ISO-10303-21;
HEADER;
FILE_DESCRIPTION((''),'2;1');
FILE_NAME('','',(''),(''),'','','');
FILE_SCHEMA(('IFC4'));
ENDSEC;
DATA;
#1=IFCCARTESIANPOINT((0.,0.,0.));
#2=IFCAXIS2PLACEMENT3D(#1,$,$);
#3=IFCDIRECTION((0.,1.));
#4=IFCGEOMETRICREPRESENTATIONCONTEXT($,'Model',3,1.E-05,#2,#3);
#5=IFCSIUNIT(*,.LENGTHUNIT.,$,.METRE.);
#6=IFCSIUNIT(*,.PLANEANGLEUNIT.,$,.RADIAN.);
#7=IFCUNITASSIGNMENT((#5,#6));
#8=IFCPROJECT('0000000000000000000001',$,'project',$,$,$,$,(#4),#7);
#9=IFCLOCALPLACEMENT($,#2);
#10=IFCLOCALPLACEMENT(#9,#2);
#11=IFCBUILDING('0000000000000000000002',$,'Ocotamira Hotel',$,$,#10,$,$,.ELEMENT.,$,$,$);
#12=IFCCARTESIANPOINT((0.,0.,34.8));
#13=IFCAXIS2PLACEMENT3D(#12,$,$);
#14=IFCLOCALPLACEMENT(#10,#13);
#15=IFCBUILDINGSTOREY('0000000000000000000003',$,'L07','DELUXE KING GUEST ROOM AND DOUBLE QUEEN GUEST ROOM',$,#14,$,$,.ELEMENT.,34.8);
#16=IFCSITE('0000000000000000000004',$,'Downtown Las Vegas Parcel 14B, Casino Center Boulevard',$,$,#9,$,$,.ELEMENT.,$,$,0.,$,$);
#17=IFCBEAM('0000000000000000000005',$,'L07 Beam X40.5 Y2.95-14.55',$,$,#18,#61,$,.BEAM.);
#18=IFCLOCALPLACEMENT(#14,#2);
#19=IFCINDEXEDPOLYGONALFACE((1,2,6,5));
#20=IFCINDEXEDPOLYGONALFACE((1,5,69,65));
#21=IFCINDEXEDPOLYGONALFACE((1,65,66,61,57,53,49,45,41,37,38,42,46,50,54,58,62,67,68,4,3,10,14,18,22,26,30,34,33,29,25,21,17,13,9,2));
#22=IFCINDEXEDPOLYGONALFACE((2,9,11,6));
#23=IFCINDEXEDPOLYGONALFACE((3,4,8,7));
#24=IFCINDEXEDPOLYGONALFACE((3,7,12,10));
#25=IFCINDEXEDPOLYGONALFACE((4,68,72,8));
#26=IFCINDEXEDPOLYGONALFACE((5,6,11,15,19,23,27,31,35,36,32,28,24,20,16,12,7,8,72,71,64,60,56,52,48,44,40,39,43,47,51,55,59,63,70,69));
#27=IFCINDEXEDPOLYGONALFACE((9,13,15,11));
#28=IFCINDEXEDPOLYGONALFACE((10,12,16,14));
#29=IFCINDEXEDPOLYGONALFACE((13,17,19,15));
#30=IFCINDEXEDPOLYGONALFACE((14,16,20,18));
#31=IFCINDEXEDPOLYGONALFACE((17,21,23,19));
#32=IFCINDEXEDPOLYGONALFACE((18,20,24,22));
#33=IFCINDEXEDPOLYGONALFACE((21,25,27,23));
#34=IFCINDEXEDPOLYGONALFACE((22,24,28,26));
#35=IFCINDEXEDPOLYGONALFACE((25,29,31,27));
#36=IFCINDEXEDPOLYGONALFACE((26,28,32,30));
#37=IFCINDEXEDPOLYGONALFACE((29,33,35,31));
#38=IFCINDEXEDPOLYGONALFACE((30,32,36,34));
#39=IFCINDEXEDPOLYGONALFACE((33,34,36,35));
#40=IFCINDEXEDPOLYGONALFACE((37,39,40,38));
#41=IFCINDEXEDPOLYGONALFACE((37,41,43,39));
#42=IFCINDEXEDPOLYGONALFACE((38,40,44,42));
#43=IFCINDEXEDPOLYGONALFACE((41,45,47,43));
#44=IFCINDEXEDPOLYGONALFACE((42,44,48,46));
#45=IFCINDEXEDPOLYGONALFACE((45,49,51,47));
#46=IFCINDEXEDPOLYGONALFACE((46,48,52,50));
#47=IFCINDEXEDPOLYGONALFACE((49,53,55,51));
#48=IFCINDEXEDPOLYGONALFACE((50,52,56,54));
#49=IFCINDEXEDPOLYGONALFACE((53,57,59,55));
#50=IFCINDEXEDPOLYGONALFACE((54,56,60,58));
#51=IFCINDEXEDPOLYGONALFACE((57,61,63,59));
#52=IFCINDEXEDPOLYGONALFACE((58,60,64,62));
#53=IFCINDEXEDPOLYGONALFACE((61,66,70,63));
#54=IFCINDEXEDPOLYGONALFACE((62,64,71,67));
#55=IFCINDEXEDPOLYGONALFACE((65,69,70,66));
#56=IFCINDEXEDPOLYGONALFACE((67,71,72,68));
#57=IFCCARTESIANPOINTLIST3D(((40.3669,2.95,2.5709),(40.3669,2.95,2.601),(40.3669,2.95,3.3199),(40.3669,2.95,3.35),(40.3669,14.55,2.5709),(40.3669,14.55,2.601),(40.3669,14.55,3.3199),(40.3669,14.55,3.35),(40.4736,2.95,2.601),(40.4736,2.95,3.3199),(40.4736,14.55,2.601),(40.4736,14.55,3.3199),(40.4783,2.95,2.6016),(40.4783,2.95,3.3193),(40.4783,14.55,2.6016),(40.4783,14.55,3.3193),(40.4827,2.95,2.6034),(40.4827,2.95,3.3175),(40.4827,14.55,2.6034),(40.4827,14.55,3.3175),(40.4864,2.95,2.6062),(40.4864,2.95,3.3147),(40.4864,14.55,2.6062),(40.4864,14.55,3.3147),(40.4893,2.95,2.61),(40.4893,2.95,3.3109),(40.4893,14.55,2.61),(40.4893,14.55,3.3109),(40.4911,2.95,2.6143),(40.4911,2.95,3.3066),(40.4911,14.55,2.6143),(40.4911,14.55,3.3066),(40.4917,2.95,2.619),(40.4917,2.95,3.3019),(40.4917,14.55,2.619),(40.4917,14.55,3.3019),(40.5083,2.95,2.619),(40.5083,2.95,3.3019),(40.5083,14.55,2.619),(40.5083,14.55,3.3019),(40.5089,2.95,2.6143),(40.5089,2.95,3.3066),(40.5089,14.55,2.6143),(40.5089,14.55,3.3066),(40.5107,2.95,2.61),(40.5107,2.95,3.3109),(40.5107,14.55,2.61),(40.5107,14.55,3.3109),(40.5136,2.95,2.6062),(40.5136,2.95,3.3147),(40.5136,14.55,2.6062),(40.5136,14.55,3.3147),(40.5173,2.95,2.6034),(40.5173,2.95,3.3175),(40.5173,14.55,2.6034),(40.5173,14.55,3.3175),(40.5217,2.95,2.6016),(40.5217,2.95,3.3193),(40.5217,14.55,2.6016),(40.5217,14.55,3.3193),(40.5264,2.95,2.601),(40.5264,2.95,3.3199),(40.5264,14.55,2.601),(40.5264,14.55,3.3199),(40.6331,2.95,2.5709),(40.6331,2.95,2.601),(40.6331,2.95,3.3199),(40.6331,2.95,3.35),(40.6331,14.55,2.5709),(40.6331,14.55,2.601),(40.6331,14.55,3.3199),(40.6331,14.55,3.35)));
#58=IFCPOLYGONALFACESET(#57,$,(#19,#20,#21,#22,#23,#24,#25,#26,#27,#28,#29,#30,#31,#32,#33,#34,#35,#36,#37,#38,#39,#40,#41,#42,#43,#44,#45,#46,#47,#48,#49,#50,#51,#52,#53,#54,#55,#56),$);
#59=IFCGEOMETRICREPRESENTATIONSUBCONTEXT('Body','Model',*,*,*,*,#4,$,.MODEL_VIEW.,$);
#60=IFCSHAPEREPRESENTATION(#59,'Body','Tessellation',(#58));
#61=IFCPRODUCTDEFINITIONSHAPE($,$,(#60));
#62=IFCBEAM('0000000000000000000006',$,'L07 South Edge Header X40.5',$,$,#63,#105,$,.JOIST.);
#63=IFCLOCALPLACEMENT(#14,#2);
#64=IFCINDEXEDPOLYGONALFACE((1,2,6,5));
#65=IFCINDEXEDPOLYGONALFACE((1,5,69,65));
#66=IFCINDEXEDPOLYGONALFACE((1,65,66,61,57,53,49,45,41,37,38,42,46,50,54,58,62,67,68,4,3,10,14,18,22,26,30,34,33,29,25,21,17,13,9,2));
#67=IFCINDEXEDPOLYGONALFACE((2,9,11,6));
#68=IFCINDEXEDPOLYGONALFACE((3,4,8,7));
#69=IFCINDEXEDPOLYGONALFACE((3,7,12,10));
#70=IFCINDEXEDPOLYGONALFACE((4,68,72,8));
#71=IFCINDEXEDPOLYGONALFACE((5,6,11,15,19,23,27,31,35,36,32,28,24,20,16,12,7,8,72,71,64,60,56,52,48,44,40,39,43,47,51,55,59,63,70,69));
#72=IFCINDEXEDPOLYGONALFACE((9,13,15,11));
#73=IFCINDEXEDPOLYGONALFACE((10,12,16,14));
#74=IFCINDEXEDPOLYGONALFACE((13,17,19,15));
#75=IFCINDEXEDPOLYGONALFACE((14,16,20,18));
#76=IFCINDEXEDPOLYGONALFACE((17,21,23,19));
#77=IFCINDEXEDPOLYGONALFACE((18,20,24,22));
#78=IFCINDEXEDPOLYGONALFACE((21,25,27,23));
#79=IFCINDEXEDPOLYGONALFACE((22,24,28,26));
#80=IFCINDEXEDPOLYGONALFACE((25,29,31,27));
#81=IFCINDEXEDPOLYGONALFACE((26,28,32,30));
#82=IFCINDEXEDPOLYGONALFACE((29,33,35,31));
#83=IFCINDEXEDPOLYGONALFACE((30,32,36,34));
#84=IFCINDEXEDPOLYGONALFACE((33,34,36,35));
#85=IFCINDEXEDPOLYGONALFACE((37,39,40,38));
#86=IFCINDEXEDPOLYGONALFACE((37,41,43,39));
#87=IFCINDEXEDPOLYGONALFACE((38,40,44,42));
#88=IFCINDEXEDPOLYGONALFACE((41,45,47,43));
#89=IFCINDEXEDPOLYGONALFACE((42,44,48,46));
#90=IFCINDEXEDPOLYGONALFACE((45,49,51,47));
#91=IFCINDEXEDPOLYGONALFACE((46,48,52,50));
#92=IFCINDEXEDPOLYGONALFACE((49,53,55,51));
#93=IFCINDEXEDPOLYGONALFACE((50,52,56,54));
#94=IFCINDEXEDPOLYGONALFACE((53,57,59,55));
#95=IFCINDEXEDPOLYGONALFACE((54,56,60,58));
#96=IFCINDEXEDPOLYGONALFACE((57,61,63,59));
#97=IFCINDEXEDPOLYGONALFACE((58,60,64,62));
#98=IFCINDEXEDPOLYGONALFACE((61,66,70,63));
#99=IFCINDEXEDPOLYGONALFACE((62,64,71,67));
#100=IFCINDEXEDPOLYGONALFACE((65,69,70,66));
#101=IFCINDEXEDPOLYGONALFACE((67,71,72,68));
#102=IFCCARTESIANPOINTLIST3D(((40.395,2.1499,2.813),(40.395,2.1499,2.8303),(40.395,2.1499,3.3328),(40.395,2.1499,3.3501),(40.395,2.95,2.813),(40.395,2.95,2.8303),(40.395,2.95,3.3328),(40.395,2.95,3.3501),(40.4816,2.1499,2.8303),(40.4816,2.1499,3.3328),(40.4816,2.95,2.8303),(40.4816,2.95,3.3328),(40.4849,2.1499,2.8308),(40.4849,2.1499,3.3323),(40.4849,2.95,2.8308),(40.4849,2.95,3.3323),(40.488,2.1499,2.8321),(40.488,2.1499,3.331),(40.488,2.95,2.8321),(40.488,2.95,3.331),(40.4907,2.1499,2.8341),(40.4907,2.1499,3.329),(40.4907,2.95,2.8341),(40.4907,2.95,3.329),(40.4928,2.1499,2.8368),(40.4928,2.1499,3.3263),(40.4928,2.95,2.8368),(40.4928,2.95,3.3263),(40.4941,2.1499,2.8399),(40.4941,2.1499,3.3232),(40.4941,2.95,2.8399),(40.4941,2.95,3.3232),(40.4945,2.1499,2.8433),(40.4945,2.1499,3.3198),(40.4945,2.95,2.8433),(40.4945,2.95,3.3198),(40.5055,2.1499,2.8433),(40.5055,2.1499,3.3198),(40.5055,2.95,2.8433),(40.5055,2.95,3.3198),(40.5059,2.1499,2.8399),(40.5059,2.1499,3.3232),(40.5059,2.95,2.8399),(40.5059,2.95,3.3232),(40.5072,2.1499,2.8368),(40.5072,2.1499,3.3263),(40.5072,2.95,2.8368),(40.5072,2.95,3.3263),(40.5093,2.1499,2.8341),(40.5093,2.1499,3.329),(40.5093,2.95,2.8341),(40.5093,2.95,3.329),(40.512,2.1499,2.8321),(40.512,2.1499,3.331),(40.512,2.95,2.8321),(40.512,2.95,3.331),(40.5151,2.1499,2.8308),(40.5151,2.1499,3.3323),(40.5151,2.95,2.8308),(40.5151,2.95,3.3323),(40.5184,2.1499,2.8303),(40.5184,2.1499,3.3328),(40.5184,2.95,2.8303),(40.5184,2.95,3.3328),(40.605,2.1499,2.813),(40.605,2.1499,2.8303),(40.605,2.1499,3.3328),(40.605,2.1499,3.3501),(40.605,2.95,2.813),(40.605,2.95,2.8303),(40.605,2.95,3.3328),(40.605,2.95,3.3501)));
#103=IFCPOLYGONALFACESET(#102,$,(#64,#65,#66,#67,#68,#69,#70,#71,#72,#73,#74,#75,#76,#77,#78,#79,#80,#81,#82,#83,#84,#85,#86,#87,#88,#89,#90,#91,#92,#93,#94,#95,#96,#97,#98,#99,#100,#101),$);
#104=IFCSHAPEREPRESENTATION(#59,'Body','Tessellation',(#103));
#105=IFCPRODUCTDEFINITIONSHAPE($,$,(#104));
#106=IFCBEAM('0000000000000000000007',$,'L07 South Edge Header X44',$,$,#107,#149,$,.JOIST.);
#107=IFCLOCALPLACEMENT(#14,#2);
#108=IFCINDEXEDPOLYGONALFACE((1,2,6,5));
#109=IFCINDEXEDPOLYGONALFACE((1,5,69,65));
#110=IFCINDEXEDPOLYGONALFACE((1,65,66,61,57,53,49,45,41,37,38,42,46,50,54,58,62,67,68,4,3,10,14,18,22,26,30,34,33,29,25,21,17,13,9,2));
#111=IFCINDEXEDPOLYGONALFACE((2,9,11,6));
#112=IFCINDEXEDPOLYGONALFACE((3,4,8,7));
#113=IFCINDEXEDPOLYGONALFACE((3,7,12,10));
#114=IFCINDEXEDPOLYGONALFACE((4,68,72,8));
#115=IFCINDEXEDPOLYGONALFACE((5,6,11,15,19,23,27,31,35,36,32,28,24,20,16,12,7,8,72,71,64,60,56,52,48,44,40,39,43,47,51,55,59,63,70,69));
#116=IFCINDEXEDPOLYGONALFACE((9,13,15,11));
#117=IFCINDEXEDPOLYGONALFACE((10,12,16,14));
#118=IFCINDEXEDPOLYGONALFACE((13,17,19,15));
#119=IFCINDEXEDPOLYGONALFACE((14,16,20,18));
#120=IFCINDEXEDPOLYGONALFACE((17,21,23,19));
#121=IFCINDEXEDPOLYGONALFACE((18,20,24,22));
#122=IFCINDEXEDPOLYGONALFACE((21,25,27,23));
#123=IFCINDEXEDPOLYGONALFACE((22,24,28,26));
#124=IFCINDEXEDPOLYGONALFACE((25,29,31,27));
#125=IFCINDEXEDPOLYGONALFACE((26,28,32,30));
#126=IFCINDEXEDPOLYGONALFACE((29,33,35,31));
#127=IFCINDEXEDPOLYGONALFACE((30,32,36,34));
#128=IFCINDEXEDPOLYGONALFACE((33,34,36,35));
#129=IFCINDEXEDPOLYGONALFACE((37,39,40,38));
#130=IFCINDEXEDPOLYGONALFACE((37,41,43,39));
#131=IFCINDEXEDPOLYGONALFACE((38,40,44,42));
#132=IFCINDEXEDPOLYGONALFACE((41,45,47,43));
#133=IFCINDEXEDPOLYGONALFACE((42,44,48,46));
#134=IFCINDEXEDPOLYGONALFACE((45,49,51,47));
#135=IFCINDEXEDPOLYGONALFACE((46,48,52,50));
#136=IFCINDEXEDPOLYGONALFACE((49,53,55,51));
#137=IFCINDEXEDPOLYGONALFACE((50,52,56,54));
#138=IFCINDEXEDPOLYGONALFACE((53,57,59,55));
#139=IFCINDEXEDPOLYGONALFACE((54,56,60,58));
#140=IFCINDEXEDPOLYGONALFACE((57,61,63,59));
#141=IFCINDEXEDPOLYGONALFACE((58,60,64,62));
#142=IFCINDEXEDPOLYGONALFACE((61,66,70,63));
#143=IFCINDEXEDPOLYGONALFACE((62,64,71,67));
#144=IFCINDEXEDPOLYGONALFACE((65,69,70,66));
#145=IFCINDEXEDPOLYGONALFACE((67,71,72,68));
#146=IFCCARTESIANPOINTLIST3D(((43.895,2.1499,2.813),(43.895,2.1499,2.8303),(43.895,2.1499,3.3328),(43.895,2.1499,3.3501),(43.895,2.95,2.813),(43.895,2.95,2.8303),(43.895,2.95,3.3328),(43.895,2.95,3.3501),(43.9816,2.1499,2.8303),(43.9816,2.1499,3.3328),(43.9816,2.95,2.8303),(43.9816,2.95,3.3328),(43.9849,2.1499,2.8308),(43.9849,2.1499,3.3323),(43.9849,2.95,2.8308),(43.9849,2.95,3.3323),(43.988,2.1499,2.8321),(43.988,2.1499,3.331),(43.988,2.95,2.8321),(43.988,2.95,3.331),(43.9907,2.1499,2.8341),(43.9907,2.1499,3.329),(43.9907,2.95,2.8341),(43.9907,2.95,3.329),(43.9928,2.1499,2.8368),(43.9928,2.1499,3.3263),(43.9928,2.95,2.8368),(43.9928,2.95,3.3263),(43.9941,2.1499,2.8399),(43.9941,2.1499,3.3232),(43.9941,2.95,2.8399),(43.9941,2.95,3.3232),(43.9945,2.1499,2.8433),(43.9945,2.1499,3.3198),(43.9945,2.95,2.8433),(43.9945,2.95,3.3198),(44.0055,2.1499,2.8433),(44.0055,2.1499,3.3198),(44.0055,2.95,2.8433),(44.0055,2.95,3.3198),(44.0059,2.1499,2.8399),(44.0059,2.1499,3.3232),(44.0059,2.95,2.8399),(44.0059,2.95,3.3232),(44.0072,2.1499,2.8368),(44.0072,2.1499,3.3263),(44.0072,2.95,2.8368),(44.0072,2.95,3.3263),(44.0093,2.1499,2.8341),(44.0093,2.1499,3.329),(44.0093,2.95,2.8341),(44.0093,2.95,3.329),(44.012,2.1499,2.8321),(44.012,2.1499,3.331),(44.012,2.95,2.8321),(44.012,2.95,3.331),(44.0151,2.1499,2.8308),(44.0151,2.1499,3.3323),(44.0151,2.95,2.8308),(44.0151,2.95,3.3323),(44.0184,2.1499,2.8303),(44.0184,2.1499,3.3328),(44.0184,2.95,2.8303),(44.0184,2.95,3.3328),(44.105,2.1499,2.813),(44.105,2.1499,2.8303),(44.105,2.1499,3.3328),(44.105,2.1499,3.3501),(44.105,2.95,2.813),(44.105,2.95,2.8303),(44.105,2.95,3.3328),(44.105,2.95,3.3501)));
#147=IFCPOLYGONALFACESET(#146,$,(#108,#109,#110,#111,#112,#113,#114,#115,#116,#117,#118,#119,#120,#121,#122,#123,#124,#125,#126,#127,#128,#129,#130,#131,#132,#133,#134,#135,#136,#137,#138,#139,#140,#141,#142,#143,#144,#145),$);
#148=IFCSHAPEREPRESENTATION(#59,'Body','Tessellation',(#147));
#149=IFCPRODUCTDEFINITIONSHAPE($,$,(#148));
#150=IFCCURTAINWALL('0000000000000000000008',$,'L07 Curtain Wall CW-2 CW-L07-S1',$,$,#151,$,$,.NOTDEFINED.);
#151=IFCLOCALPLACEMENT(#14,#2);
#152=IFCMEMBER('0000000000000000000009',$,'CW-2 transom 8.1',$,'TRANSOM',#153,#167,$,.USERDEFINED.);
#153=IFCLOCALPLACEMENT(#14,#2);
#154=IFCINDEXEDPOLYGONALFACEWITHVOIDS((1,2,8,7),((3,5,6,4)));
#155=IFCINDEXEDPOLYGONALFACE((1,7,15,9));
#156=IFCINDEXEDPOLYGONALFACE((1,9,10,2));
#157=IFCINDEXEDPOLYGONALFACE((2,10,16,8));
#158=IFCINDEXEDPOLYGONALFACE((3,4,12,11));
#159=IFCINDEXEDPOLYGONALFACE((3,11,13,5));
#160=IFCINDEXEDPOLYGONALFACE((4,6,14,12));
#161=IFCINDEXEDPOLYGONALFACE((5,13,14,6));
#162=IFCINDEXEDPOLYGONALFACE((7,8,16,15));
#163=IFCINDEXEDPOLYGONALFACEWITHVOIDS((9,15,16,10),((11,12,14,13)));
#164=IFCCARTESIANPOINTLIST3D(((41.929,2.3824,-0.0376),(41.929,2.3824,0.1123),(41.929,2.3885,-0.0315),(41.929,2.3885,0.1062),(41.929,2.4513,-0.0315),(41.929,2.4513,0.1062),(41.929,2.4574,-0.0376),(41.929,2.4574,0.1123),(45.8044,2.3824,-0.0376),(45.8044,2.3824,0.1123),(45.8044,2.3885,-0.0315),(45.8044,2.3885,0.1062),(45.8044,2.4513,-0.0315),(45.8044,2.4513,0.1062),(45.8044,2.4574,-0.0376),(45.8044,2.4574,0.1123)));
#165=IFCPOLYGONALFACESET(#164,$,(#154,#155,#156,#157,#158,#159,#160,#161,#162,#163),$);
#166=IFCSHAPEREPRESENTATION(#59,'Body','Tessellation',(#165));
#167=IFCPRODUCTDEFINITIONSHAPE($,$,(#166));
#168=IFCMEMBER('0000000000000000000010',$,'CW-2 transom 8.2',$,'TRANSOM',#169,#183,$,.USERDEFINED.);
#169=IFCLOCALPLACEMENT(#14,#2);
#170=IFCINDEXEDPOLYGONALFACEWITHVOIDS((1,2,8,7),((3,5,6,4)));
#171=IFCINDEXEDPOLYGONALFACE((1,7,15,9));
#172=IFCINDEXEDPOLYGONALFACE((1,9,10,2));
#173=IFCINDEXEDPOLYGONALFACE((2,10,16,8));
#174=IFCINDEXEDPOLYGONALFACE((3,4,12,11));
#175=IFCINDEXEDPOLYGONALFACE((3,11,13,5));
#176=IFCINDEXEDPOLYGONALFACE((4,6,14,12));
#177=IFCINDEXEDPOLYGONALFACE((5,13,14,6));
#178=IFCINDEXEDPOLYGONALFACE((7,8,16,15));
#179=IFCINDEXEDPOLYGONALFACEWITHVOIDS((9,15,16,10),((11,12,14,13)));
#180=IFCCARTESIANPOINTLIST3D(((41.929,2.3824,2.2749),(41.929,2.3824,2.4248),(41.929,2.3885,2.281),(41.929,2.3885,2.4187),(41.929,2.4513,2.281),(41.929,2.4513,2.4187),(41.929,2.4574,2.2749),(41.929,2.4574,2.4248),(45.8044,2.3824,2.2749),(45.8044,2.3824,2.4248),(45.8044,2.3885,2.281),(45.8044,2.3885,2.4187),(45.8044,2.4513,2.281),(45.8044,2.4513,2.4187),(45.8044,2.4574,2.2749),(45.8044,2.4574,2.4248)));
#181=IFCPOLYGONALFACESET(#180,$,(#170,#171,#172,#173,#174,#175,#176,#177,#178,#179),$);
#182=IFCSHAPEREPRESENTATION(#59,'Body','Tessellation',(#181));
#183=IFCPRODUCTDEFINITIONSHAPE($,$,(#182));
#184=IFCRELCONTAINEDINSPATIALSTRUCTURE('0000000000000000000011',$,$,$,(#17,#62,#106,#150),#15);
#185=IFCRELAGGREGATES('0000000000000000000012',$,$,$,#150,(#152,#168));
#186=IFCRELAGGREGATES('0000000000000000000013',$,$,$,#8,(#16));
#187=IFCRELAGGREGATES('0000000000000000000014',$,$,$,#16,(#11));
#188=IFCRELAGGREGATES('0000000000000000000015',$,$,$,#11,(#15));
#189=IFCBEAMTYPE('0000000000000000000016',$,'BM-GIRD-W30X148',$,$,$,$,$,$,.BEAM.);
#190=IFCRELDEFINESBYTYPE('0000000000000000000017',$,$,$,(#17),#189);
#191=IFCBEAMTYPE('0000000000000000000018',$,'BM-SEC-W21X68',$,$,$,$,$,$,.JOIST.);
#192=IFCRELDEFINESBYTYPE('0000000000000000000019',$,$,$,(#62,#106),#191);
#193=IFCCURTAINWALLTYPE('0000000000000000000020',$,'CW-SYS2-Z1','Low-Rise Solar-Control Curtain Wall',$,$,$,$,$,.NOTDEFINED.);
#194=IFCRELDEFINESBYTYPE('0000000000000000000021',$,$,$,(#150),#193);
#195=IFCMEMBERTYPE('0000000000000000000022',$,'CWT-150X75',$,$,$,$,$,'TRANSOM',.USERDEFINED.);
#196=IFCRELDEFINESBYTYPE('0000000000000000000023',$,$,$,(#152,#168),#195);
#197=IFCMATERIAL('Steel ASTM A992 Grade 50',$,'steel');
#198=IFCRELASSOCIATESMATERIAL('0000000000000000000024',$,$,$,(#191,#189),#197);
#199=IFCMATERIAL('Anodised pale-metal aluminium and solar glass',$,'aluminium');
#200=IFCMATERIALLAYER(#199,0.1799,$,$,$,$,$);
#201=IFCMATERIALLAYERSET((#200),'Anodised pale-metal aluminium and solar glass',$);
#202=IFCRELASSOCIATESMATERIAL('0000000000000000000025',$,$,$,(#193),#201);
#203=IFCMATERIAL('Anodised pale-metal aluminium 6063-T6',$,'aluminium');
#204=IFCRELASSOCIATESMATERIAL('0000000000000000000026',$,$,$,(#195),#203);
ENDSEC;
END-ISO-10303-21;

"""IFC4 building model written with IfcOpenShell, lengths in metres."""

from ifc_helpers import new_model, si_unit, direction, frame, origin, origin_2d, place, context, subcontext, project, spatial, hollow_rectangle, i_section, extrude, source, transform, mapped, material, layer, layer_set, material_profile, profile_set, type_object, element, aggregate, save


model = new_model("IFC4")

# Units and contexts
model_context = context("Model", 3, precision=1e-05, world=origin(), true_north=direction((0.0, 1.0)))
body_context = subcontext(model_context, "Body", "Model", "MODEL_VIEW")
ifc_project = project(units=[si_unit("LENGTHUNIT", "METRE"), si_unit("PLANEANGLEUNIT", "RADIAN")], contexts=[model_context])

# Site, building, storey
site_placement = place(None, origin())
site = spatial("IfcSite", under=ifc_project, at=site_placement, Name="Downtown Las Vegas Parcel 14B, Casino Center Boulevard", CompositionType="ELEMENT", RefElevation=0.0)
building_placement = place(site_placement, origin())
building = spatial("IfcBuilding", under=site, at=building_placement, Name="Ocotamira Hotel", CompositionType="ELEMENT")
storey_placement = place(building_placement, frame((0.0, 0.0, 34.8)))
storey = spatial("IfcBuildingStorey", under=building, at=storey_placement, Name="L07", Description="DELUXE KING GUEST ROOM AND DOUBLE QUEEN GUEST ROOM", CompositionType="ELEMENT", Elevation=34.8)

# Beams
ifc_material_1 = material(Name="Steel ASTM A992 Grade 50", Category="steel")
ifc_material_profile_1 = material_profile(ifc_material_1, i_section(OverallWidth=0.21, OverallDepth=0.5371, WebThickness=0.011, FlangeThickness=0.0173, FilletRadius=0.0129, at=origin_2d()), Name="W21X68")
ifc_profile_set_1 = profile_set([ifc_material_profile_1], Name="Steel ASTM A992 Grade 50")
beam_type_1 = type_object("IfcBeamType", Name="BM-SEC-W21X68", PredefinedType="JOIST", material=ifc_profile_set_1)
ifc_material_profile_2 = material_profile(ifc_material_1, i_section(OverallWidth=0.2661, OverallDepth=0.7791, WebThickness=0.0166, FlangeThickness=0.03, FilletRadius=0.0181, at=origin_2d()), Name="W30X148")
ifc_profile_set_2 = profile_set([ifc_material_profile_2], Name="Steel ASTM A992 Grade 50")
beam_type_2 = type_object("IfcBeamType", Name="BM-GIRD-W30X148", PredefinedType="BEAM", material=ifc_profile_set_2)
shared_shape_1 = source(origin(), body_context, "Body", "SweptSolid", [
    extrude(i_section(OverallWidth=0.2661, OverallDepth=0.7791, WebThickness=0.0166, FlangeThickness=0.03, FilletRadius=0.0181, at=origin_2d()), origin(), (0.0, 0.0, 1.0), 11.6001),
])
beam_1_placement = place(storey_placement, frame((40.5, 2.95, 2.9604), z_axis=(0.0, 1.0, 0.0), x_axis=(-1.0, 0.0, 0.0)))
element("IfcBeam", 1, at=beam_1_placement, inside=storey, type_object=beam_type_2, Name="L07 Beam X40.5 Y2.95-14.55", PredefinedType="BEAM", context=body_context, shape_type="MappedRepresentation", body=[
    mapped(shared_shape_1, transform((0.0, 0.0, 0.0), scale=1.0)),
])
shared_shape_2 = source(origin(), body_context, "Body", "SweptSolid", [
    extrude(i_section(OverallWidth=0.21, OverallDepth=0.5371, WebThickness=0.011, FlangeThickness=0.0173, FilletRadius=0.0129, at=origin_2d()), origin(), (0.0, 0.0, 1.0), 0.8),
])
for number, where, z_axis, x_axis, name in (
    (2, (40.5, 2.95, 3.0815), (0.0, -1.0, 0.0), (1.0, 0.0, 0.0), "L07 South Edge Header X40.5"),
    (3, (44.0, 2.95, 3.0815), (0.0, -1.0, 0.0), (1.0, 0.0, 0.0), "L07 South Edge Header X44"),
):
    element("IfcBeam", number, at=place(storey_placement, frame(where, z_axis=z_axis, x_axis=x_axis)), inside=storey, type_object=beam_type_1, Name=name, PredefinedType="JOIST", context=body_context, shape_type="MappedRepresentation", body=[
        mapped(shared_shape_2, transform((0.0, 0.0, 0.0), scale=1.0)),
    ])

# Curtain wall, members
ifc_material_2 = material(Name="Anodised pale-metal aluminium and solar glass", Category="aluminium")
ifc_layer_1 = layer(ifc_material_2, 0.1799)
ifc_layer_set_1 = layer_set([ifc_layer_1], Name="Anodised pale-metal aluminium and solar glass")
curtain_wall_type = type_object("IfcCurtainWallType", Name="CW-SYS2-Z1", Description="Low-Rise Solar-Control Curtain Wall", PredefinedType="NOTDEFINED", material=ifc_layer_set_1)
curtain_wall_placement = place(storey_placement, origin())
curtain_wall = element("IfcCurtainWall", 4, at=curtain_wall_placement, inside=storey, type_object=curtain_wall_type, Name="L07 Curtain Wall CW-2 CW-L07-S1", PredefinedType="NOTDEFINED")
ifc_material_3 = material(Name="Anodised pale-metal aluminium 6063-T6", Category="aluminium")
ifc_material_profile_3 = material_profile(ifc_material_3, hollow_rectangle(XDim=0.075, YDim=0.1499, WallThickness=0.0061, at=origin_2d()), Name="HSS150X75X6")
ifc_profile_set_3 = profile_set([ifc_material_profile_3], Name="Anodised pale-metal aluminium 6063-T6")
member_type = type_object("IfcMemberType", Name="CWT-150X75", ElementType="TRANSOM", PredefinedType="USERDEFINED", material=ifc_profile_set_3)
shared_shape_3 = source(origin(), body_context, "Body", "SweptSolid", [
    extrude(hollow_rectangle(XDim=0.075, YDim=0.1499, WallThickness=0.0061, at=origin_2d()), origin(), (0.0, 0.0, 1.0), 3.8755),
])
member_1_placement = place(storey_placement, frame((41.929, 2.4199, 0.0374), z_axis=(1.0, 0.0, 0.0), x_axis=(0.0, 1.0, 0.0)))
member_1 = element("IfcMember", 5, at=member_1_placement, type_object=member_type, Name="CW-2 transom 8.1", ObjectType="TRANSOM", PredefinedType="USERDEFINED", context=body_context, shape_type="MappedRepresentation", body=[
    mapped(shared_shape_3, transform((0.0, 0.0, 0.0), scale=1.0)),
])
member_2_placement = place(storey_placement, frame((41.929, 2.4199, 2.3499), z_axis=(1.0, 0.0, 0.0), x_axis=(0.0, 1.0, 0.0)))
member_2 = element("IfcMember", 6, at=member_2_placement, type_object=member_type, Name="CW-2 transom 8.2", ObjectType="TRANSOM", PredefinedType="USERDEFINED", context=body_context, shape_type="MappedRepresentation", body=[
    mapped(shared_shape_3, transform((0.0, 0.0, 0.0), scale=1.0)),
])
aggregate(curtain_wall, [member_1, member_2])

save(model, "model.ifc")
